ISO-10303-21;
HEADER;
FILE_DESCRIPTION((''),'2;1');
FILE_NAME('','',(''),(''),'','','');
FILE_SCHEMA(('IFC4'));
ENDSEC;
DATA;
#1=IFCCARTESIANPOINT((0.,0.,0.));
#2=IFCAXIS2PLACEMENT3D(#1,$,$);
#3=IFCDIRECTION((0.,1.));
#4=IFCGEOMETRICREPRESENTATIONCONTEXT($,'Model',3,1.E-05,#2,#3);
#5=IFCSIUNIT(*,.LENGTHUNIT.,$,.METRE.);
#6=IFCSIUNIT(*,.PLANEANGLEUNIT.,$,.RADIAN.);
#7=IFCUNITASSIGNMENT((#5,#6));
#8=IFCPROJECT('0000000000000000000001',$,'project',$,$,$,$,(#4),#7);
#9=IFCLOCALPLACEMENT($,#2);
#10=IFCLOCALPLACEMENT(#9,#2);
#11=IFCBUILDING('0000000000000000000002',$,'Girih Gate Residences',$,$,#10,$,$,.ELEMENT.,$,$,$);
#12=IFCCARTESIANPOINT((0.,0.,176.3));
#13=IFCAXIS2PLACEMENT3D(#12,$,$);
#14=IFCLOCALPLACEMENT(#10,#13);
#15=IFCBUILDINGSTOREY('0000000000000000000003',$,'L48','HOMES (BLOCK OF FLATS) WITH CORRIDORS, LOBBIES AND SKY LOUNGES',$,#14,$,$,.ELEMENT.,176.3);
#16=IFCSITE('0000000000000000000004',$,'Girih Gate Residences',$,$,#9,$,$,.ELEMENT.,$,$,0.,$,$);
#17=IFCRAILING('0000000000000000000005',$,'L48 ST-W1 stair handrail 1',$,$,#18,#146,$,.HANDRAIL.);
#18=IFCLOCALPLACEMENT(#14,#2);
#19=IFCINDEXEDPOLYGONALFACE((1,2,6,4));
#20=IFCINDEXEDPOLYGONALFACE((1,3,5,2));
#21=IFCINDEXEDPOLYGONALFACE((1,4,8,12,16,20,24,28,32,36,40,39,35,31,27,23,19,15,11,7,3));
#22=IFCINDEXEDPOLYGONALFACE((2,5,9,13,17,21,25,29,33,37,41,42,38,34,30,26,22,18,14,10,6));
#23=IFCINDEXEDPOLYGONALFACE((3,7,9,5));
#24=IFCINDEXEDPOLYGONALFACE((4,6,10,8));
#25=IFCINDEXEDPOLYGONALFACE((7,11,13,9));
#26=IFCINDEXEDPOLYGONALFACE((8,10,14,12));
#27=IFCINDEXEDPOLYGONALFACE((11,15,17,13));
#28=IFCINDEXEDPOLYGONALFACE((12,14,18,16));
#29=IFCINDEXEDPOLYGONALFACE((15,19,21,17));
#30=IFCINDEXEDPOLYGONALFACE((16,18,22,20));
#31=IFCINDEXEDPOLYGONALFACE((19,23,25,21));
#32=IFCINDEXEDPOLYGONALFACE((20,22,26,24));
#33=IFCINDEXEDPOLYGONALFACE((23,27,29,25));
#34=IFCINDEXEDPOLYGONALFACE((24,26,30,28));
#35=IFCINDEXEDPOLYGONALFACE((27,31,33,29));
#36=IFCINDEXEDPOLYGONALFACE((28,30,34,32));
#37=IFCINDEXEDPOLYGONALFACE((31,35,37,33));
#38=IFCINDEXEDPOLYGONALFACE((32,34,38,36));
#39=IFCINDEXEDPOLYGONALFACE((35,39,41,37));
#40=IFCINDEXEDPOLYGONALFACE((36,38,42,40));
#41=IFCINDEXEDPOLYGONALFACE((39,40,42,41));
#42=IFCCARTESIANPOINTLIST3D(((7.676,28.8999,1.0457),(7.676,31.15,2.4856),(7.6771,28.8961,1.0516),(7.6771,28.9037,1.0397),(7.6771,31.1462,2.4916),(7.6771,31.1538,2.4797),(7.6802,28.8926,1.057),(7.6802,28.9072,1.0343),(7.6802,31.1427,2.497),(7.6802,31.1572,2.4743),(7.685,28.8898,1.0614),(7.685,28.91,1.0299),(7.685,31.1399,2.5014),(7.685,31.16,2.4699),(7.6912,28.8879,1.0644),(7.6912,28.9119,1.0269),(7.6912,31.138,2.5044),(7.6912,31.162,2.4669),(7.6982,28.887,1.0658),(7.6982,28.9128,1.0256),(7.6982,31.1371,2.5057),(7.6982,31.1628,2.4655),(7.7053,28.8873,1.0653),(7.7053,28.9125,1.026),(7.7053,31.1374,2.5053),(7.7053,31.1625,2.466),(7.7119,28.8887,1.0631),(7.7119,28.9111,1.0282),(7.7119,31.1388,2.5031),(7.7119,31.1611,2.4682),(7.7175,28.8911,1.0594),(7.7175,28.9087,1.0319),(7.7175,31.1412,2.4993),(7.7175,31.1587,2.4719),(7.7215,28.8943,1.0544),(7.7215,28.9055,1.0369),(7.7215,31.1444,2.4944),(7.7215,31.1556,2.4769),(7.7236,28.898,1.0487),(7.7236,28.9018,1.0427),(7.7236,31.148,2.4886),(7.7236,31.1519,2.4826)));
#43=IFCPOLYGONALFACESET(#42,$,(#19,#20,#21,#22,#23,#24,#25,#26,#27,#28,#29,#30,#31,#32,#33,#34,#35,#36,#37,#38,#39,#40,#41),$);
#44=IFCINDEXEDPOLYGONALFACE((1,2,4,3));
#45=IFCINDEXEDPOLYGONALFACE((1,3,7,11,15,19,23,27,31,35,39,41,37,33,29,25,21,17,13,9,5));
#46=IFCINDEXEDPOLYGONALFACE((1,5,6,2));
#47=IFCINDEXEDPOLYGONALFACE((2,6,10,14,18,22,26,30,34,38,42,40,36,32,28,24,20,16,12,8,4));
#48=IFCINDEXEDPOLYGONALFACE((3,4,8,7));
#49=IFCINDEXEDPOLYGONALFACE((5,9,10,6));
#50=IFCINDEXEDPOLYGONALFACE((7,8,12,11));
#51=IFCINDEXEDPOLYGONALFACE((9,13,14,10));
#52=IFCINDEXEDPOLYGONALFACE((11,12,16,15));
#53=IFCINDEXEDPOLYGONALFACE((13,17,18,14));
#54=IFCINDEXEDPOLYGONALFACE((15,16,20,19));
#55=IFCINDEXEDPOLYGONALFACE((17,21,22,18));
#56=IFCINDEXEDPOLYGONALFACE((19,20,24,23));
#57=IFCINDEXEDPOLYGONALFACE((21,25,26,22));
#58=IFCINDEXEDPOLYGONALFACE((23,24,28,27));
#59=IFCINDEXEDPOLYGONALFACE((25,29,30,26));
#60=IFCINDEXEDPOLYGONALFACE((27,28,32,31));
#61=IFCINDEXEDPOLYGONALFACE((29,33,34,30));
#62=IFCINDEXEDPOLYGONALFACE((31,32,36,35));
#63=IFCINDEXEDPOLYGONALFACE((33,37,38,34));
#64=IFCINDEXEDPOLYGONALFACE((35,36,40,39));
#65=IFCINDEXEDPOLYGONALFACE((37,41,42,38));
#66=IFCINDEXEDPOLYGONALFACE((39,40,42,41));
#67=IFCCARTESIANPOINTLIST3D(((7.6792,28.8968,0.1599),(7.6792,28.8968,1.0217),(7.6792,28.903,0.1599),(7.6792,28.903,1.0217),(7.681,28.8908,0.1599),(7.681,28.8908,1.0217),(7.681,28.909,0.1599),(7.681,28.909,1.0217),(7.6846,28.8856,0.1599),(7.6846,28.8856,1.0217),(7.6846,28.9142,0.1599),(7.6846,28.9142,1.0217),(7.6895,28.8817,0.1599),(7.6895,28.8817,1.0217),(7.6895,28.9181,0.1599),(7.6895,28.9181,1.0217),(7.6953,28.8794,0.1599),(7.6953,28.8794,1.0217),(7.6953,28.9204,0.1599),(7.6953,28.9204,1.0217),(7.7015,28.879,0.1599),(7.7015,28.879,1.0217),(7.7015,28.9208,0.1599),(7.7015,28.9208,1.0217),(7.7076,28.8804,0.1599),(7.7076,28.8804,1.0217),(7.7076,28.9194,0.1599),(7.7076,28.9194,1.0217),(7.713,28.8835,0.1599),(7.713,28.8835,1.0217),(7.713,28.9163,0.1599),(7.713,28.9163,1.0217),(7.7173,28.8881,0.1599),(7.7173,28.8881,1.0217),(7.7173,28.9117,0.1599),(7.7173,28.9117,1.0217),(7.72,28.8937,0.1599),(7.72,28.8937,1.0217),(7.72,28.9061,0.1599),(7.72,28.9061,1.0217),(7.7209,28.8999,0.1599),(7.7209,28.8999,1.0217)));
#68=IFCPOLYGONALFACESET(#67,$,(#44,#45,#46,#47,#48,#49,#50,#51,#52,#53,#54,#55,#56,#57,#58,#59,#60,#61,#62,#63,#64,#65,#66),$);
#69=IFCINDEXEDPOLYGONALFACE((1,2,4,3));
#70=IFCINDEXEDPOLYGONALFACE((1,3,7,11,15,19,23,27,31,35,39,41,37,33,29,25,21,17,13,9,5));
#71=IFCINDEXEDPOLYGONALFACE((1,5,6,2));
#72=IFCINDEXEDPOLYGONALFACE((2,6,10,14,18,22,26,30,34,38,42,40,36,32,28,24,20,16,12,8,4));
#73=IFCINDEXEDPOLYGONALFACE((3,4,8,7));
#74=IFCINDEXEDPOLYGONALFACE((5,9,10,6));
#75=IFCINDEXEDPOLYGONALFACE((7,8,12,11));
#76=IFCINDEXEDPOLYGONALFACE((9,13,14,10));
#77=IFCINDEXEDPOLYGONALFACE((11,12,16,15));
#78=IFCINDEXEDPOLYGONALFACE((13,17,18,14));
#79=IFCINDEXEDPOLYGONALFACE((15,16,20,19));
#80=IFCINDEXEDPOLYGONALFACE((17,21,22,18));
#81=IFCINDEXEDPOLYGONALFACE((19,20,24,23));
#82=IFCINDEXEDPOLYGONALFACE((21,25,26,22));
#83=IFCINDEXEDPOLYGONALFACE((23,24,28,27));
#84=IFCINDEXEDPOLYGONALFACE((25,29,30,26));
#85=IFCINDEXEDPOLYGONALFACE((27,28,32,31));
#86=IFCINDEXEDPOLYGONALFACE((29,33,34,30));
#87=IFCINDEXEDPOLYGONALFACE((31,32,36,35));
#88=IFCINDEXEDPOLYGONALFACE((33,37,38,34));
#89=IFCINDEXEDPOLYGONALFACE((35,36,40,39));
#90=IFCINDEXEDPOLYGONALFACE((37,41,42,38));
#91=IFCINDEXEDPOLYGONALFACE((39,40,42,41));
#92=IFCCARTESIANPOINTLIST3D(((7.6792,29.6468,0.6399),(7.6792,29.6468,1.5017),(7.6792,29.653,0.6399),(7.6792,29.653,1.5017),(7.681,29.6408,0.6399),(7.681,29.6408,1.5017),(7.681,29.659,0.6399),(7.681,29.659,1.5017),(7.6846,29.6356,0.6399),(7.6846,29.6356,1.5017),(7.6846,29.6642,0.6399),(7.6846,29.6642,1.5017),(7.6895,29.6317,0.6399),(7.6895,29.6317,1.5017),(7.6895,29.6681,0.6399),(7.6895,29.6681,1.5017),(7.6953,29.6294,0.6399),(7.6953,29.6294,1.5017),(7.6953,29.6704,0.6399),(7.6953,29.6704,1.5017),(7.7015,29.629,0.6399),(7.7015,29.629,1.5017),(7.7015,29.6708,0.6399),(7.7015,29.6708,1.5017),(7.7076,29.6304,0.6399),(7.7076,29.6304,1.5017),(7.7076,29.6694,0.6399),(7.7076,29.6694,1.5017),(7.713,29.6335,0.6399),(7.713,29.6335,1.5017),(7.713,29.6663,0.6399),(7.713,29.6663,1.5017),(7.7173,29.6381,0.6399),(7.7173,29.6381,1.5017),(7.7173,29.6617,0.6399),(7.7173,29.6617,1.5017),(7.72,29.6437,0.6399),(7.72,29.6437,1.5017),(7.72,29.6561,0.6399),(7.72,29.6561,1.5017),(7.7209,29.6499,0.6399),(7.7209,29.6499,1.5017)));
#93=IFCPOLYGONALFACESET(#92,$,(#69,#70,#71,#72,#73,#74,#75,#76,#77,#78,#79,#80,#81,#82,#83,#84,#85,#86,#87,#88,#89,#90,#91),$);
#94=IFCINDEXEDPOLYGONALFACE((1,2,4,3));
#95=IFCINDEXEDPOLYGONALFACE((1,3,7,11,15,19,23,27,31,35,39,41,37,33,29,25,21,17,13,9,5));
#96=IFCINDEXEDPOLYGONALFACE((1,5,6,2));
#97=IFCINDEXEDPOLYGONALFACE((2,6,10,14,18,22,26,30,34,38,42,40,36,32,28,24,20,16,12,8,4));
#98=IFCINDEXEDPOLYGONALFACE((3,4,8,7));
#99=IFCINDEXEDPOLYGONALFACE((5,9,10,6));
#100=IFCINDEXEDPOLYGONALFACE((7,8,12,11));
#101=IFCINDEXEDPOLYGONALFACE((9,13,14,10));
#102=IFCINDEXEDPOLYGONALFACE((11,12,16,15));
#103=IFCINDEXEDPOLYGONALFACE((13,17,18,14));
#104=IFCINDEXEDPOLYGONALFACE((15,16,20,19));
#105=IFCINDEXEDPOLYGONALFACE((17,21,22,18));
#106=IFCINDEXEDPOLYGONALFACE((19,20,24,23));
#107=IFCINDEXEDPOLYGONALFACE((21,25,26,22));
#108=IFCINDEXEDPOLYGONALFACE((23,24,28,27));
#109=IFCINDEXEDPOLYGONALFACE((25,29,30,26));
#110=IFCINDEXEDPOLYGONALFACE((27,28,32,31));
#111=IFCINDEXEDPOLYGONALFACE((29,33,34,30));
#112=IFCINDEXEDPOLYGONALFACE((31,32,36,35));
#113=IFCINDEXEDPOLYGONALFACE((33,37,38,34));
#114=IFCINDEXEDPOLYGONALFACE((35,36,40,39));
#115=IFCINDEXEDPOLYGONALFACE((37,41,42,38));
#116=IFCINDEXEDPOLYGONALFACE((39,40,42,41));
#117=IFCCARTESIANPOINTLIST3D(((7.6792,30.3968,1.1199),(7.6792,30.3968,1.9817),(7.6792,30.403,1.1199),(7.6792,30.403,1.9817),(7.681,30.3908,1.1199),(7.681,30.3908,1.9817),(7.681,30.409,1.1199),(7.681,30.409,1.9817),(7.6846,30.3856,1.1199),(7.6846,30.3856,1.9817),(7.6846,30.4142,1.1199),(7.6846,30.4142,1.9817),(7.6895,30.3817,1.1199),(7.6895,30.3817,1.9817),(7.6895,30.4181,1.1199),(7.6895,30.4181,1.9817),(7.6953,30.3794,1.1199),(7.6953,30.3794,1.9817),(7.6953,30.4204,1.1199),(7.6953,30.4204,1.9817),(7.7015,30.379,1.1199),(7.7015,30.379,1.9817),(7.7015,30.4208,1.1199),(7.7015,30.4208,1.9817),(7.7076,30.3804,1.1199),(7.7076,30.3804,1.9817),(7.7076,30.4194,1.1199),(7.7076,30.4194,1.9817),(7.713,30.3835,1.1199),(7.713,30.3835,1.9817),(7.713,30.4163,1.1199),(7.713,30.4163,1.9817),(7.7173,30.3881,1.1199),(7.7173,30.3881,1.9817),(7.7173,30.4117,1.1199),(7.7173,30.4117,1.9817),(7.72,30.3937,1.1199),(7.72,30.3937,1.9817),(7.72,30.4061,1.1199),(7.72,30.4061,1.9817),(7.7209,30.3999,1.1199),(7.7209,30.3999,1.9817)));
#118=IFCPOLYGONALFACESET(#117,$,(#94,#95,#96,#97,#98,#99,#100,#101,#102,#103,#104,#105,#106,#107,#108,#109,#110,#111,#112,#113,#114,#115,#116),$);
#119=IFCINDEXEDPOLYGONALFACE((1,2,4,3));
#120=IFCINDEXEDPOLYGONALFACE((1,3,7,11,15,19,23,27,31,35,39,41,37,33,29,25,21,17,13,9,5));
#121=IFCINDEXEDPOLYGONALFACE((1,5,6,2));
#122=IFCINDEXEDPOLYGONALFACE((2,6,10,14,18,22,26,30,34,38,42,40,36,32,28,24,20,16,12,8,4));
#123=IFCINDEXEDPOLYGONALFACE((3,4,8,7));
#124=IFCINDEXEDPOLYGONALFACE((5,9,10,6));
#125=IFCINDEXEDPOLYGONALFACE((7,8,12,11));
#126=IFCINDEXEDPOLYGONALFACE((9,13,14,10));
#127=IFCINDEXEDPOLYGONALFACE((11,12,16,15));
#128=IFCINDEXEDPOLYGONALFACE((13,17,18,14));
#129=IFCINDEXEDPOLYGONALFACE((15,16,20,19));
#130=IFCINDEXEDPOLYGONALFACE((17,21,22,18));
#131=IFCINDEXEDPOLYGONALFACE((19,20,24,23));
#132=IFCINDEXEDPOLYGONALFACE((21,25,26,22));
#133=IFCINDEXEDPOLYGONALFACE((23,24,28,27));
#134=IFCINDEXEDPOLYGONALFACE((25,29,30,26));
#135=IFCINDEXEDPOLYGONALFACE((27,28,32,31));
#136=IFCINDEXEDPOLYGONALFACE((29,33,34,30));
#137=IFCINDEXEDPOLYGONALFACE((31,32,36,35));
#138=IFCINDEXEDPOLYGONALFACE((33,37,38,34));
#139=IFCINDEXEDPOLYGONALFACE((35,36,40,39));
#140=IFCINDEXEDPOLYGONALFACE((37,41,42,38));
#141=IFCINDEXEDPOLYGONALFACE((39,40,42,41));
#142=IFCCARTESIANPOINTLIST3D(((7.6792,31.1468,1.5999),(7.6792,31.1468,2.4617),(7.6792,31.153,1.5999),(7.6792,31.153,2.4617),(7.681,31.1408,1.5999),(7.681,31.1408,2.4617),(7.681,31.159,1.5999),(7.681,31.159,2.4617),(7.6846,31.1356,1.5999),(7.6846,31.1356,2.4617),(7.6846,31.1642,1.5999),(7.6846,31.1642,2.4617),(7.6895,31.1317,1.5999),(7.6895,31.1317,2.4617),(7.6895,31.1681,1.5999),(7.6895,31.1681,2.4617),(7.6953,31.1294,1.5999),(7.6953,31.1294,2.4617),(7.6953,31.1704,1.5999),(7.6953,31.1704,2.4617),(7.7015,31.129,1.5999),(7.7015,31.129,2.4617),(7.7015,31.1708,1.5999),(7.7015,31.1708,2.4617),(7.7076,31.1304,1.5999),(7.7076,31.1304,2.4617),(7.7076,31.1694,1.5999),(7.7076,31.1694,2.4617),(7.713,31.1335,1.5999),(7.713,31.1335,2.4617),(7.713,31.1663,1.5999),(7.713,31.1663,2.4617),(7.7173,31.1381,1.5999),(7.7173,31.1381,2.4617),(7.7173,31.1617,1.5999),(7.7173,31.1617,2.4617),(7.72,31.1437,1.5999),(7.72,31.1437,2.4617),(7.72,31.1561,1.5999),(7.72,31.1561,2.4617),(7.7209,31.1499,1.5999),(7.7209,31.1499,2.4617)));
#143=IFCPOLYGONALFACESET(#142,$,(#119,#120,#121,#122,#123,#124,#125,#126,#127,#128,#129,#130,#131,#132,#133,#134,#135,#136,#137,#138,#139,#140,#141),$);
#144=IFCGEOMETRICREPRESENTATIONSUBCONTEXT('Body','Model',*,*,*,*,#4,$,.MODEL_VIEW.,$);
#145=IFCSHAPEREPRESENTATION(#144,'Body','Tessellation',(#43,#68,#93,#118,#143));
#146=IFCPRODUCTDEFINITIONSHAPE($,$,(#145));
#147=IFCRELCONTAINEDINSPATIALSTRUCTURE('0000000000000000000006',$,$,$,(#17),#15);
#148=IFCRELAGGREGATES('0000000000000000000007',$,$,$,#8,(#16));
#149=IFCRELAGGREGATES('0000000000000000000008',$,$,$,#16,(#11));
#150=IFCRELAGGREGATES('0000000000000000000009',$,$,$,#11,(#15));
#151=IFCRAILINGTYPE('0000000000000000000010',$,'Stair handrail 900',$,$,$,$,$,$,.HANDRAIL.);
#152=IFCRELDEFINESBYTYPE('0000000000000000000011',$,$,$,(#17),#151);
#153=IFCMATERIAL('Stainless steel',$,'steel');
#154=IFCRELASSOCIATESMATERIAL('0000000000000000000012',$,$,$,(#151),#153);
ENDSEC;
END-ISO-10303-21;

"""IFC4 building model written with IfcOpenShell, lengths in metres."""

from ifc_helpers import new_model, si_unit, direction, frame, origin, origin_2d, place, context, subcontext, project, spatial, circle, extrude, material, type_object, element, save


model = new_model("IFC4")

# Units and contexts
model_context = context("Model", 3, precision=1e-05, world=origin(), true_north=direction((0.0, 1.0)))
body_context = subcontext(model_context, "Body", "Model", "MODEL_VIEW")
ifc_project = project(units=[si_unit("LENGTHUNIT", "METRE"), si_unit("PLANEANGLEUNIT", "RADIAN")], contexts=[model_context])

# Site, building, storey
site_placement = place(None, origin())
site = spatial("IfcSite", under=ifc_project, at=site_placement, Name="Girih Gate Residences", CompositionType="ELEMENT", RefElevation=0.0)
building_placement = place(site_placement, origin())
building = spatial("IfcBuilding", under=site, at=building_placement, Name="Girih Gate Residences", CompositionType="ELEMENT")
storey_placement = place(building_placement, frame((0.0, 0.0, 176.3)))
storey = spatial("IfcBuildingStorey", under=building, at=storey_placement, Name="L48", Description="HOMES (BLOCK OF FLATS) WITH CORRIDORS, LOBBIES AND SKY LOUNGES", CompositionType="ELEMENT", Elevation=176.3)

# Railing
ifc_material_1 = material(Name="Stainless steel", Category="steel")
railing_type_1 = type_object("IfcRailingType", Name="Stair handrail 900", PredefinedType="HANDRAIL", material=ifc_material_1)
railing_1_placement = place(storey_placement, frame((7.7, 28.8999, 0.1599)))
element("IfcRailing", 1, at=railing_1_placement, inside=storey, type_object=railing_type_1, Name="L48 ST-W1 stair handrail 1", PredefinedType="HANDRAIL", context=body_context, shape_type="SweptSolid", body=[
    extrude(circle(Radius=0.0239, at=origin_2d()), frame((0.0, 0.0, 0.8857), z_axis=(0.0, 0.842281, 0.539038), x_axis=(-1.0, 0.0, 0.0)), (0.0, 0.0, 1.0), 2.6714),
    extrude(circle(Radius=0.021, at=origin_2d()), origin(), (0.0, 0.0, 1.0), 0.8618),
    extrude(circle(Radius=0.021, at=origin_2d()), frame((0.0, 0.75, 0.48)), (0.0, 0.0, 1.0), 0.8618),
    extrude(circle(Radius=0.021, at=origin_2d()), frame((0.0, 1.5, 0.96)), (0.0, 0.0, 1.0), 0.8618),
    extrude(circle(Radius=0.021, at=origin_2d()), frame((0.0, 2.25, 1.4399)), (0.0, 0.0, 1.0), 0.8618),
])

save(model, "model.ifc")
